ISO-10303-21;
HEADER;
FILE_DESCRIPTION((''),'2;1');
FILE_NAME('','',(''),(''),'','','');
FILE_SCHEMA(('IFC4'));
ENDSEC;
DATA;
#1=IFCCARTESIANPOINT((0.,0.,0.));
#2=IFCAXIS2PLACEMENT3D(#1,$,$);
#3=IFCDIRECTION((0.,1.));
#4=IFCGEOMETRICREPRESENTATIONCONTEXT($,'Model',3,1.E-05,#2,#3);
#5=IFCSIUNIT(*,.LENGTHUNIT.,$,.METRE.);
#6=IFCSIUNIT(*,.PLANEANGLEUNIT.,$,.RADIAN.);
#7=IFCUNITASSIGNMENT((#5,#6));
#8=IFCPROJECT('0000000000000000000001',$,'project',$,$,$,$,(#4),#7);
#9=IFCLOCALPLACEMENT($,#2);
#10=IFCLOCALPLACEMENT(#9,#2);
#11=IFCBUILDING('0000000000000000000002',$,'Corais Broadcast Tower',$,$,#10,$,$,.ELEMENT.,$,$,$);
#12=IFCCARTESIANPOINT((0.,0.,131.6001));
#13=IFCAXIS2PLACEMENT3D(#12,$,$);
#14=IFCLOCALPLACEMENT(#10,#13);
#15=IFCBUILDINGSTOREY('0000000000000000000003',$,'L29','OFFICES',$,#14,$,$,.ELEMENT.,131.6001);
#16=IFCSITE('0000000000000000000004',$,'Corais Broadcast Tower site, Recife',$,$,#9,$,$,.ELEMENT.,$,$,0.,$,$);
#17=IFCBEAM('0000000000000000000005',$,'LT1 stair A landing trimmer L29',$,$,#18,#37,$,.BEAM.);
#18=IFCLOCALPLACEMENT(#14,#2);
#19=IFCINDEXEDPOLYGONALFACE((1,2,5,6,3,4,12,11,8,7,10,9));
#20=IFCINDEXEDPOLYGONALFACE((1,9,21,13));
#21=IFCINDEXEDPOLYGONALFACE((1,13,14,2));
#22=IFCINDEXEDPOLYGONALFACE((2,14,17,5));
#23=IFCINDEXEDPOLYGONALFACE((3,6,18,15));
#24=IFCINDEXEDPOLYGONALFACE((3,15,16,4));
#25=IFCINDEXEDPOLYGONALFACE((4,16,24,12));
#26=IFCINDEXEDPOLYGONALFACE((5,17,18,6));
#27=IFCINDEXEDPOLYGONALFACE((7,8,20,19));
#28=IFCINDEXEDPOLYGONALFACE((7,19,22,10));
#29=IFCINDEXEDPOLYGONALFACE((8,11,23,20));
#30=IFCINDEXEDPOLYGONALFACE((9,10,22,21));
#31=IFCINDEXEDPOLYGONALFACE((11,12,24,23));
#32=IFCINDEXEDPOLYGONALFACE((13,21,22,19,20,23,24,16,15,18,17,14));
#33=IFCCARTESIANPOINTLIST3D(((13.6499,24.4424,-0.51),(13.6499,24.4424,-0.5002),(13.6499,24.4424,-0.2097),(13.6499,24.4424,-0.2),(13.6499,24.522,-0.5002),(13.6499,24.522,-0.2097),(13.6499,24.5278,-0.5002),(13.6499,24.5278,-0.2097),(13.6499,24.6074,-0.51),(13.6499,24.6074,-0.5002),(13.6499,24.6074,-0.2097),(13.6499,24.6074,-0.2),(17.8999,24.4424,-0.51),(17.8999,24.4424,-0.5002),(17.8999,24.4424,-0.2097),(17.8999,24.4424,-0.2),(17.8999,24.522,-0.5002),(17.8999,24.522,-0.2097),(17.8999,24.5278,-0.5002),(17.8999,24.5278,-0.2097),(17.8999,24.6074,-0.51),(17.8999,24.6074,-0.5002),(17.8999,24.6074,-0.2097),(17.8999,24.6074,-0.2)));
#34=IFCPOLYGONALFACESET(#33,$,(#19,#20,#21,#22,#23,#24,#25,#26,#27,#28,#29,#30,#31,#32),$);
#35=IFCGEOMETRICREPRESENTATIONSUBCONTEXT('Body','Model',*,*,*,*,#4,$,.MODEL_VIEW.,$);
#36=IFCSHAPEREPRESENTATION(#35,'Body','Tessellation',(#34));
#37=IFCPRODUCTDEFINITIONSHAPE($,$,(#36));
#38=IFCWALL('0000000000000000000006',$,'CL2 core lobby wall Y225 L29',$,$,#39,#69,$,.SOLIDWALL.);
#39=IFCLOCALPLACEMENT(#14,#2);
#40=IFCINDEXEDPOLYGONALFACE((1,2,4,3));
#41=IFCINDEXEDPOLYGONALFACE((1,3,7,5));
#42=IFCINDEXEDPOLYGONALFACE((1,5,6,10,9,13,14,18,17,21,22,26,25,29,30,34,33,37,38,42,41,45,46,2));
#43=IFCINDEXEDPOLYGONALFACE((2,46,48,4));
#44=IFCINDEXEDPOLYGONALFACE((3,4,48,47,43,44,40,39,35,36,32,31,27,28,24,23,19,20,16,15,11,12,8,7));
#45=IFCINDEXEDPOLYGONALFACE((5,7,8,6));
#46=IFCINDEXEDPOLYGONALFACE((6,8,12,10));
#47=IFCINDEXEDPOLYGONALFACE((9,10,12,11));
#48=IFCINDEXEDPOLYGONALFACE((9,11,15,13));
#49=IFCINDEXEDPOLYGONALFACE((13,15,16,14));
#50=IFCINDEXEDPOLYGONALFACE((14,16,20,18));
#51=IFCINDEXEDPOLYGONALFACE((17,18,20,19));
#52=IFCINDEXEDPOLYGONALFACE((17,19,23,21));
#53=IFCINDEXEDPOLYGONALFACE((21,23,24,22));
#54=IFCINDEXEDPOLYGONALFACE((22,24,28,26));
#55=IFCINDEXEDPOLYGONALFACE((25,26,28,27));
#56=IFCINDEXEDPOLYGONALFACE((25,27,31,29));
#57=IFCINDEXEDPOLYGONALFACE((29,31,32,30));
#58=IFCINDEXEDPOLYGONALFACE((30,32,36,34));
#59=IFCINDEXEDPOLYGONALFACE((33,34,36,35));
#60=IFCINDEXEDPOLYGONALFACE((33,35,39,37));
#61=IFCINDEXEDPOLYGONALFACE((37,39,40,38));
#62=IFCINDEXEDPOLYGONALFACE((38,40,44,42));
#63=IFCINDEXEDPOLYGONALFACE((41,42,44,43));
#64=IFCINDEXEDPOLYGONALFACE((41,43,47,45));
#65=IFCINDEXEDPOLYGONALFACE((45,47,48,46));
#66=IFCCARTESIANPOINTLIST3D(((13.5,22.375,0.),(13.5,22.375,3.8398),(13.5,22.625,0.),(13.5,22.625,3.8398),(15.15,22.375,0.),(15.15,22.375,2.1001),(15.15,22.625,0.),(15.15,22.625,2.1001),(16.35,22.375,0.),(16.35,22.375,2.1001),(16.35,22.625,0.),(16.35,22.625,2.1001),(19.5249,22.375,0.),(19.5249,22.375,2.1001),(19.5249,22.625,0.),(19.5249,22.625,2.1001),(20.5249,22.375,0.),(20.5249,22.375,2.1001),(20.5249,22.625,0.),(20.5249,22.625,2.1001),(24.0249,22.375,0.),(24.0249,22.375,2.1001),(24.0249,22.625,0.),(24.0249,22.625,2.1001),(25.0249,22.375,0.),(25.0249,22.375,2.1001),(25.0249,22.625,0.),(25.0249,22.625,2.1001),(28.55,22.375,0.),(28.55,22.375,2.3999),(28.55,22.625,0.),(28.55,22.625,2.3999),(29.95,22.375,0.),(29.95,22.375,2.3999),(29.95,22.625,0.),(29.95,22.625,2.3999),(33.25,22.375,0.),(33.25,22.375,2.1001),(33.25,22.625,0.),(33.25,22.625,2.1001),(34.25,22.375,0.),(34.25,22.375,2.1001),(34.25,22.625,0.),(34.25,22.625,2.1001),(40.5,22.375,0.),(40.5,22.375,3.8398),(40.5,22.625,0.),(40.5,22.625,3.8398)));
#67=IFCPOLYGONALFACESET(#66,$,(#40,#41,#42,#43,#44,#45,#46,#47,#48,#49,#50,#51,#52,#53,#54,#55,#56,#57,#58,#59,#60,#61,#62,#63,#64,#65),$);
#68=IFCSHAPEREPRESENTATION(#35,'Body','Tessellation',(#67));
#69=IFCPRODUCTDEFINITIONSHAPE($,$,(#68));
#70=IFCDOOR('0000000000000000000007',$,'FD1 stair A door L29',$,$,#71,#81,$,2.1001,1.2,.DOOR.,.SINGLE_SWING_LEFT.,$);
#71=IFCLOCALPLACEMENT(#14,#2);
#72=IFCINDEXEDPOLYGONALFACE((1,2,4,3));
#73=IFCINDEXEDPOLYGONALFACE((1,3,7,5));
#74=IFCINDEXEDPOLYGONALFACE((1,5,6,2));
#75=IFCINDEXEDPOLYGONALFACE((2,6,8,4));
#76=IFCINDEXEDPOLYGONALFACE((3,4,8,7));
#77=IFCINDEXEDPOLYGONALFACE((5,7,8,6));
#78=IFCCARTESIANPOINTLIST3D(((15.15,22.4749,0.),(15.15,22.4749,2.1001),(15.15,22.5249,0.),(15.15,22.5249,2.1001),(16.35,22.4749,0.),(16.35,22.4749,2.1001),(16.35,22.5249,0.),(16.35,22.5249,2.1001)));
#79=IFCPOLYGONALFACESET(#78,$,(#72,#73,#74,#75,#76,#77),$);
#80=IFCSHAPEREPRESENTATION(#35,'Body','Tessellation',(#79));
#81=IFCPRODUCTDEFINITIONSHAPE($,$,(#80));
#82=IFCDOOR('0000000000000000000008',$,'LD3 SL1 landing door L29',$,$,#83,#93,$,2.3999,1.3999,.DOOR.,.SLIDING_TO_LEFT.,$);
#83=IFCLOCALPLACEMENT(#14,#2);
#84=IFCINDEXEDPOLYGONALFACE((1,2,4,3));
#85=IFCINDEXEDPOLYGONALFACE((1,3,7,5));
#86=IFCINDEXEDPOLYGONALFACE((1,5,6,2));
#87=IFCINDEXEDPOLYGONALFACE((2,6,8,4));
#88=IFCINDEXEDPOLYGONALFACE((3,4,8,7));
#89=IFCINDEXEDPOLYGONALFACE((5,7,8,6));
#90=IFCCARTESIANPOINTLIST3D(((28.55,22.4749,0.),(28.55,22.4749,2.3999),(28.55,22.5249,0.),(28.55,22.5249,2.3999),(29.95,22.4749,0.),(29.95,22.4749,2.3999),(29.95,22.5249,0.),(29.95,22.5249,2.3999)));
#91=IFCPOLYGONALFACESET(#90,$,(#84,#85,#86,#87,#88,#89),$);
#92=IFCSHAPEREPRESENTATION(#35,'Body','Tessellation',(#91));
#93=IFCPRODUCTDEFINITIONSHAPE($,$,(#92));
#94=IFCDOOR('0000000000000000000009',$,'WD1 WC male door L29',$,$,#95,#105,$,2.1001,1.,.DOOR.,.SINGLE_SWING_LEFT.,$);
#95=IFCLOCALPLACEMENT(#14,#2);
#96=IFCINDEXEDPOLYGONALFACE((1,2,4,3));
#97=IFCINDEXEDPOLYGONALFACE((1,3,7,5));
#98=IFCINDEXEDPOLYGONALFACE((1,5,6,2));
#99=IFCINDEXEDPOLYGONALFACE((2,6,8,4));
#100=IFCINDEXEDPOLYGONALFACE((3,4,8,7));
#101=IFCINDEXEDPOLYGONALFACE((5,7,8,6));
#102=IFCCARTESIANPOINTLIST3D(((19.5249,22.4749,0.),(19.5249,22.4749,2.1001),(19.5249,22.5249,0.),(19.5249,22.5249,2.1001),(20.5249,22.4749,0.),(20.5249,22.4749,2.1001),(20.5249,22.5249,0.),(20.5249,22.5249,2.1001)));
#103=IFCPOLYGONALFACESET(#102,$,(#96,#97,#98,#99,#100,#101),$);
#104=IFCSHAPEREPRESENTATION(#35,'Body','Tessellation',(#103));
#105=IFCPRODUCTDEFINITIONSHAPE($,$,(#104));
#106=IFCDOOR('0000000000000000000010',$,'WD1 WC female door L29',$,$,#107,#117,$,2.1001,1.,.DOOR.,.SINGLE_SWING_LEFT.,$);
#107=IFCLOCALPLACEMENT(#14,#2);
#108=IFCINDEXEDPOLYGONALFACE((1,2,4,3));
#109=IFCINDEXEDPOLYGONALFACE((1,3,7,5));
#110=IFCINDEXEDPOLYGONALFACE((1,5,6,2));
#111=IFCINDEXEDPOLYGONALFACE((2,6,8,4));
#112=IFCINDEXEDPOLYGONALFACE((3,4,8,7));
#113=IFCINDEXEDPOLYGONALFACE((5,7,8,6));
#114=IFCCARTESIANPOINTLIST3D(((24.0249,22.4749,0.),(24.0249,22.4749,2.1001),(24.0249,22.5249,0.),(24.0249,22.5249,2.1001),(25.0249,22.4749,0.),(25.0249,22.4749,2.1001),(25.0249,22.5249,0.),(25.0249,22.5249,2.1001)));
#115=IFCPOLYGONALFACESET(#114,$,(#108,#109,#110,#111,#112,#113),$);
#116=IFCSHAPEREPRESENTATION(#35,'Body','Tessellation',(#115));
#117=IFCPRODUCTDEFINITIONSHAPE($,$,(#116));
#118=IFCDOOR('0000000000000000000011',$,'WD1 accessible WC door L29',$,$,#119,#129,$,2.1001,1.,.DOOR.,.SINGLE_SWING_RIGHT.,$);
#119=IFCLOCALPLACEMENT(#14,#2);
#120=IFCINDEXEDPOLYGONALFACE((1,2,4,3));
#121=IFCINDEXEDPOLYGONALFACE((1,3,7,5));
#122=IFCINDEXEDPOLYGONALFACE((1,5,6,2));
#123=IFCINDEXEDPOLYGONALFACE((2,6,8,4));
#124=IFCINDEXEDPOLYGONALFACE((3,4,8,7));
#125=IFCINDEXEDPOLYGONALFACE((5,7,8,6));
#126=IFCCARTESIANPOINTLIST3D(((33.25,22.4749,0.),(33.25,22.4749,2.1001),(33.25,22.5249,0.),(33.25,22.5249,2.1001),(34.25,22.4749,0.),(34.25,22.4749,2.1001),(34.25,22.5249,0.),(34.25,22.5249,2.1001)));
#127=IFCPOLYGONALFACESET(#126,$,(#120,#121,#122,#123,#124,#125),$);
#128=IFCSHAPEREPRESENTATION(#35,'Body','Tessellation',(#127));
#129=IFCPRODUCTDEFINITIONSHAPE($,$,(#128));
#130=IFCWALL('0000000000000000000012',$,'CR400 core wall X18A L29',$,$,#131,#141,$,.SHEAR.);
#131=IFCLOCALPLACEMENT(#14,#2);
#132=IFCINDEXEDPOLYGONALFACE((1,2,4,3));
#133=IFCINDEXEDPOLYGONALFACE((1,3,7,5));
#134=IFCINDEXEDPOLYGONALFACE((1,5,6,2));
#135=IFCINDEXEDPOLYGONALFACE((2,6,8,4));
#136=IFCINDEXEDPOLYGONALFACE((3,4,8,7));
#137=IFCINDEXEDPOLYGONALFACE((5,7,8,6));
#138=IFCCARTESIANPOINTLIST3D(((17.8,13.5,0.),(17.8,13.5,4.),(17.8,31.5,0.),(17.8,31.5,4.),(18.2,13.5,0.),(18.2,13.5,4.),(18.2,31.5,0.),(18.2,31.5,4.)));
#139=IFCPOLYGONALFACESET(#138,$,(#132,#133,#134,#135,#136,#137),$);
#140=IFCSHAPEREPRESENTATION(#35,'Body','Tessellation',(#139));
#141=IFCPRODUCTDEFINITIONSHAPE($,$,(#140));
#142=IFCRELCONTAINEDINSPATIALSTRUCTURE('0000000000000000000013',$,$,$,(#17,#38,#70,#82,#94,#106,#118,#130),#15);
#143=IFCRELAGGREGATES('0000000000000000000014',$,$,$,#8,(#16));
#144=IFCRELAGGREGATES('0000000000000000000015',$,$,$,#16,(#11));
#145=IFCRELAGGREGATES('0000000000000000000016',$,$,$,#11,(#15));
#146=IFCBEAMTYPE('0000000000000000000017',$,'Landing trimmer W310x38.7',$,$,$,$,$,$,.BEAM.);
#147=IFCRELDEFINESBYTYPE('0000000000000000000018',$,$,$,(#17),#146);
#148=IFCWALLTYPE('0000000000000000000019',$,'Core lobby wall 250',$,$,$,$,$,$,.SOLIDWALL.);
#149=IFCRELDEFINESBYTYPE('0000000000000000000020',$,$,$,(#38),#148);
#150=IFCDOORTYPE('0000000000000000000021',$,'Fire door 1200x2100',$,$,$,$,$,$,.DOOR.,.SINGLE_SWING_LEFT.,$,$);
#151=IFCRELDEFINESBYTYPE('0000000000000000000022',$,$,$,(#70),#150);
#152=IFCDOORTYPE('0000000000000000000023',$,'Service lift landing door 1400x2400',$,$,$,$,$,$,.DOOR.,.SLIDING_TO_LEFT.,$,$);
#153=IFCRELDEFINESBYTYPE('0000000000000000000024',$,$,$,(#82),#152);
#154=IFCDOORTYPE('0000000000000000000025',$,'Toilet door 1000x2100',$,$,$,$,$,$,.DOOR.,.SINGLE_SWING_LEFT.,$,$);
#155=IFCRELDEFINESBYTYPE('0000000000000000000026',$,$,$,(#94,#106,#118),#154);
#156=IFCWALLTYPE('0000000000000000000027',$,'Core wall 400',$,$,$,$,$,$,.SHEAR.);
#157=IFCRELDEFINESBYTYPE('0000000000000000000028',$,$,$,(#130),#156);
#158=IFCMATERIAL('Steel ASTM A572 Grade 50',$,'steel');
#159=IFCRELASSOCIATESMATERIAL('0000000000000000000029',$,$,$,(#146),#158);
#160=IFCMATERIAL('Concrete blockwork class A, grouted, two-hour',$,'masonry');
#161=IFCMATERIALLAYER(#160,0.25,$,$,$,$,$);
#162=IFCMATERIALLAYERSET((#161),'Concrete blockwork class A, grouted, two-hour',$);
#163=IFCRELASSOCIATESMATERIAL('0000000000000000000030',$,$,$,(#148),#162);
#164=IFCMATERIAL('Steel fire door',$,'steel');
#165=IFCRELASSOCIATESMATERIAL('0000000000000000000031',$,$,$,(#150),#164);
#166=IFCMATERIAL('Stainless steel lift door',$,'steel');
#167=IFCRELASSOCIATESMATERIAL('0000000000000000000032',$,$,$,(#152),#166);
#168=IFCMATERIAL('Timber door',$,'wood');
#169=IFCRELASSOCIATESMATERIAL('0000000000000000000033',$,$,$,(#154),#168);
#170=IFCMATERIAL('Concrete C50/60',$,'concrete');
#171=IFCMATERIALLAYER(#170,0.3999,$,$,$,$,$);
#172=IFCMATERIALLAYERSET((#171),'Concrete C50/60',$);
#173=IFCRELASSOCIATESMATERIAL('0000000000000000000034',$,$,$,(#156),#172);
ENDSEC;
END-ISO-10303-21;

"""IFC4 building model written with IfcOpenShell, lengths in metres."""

from ifc_helpers import new_model, si_unit, direction, frame, frame_2d, origin, origin_2d, place, context, subcontext, project, spatial, rectangle, i_section, extrude, material, layer, layer_set, material_profile, profile_set, type_object, element, fill, save


model = new_model("IFC4")

# Units and contexts
model_context = context("Model", 3, precision=1e-05, world=origin(), true_north=direction((0.0, 1.0)))
body_context = subcontext(model_context, "Body", "Model", "MODEL_VIEW")
ifc_project = project(units=[si_unit("LENGTHUNIT", "METRE"), si_unit("PLANEANGLEUNIT", "RADIAN")], contexts=[model_context])

# Site, building, storey
site_placement = place(None, origin())
site = spatial("IfcSite", under=ifc_project, at=site_placement, Name="Corais Broadcast Tower site, Recife", CompositionType="ELEMENT", RefElevation=0.0)
building_placement = place(site_placement, origin())
building = spatial("IfcBuilding", under=site, at=building_placement, Name="Corais Broadcast Tower", CompositionType="ELEMENT")
storey_placement = place(building_placement, frame((0.0, 0.0, 131.6001)))
storey = spatial("IfcBuildingStorey", under=building, at=storey_placement, Name="L29", Description="OFFICES", CompositionType="ELEMENT", Elevation=131.6001)

# Beam
ifc_material_1 = material(Name="Steel ASTM A572 Grade 50", Category="steel")
ifc_material_profile = material_profile(ifc_material_1, i_section(OverallWidth=0.165, OverallDepth=0.3101, WebThickness=0.0059, FlangeThickness=0.0098, at=origin_2d()), Name="W310x38.7")
ifc_profile_set = profile_set([ifc_material_profile], Name="Steel ASTM A572 Grade 50")
beam_type = type_object("IfcBeamType", Name="Landing trimmer W310x38.7", PredefinedType="BEAM", material=ifc_profile_set)
beam_placement = place(storey_placement, frame((13.6499, 24.5249, -0.355), z_axis=(1.0, 0.0, 0.0), x_axis=(0.0, 1.0, 0.0)))
element("IfcBeam", 1, at=beam_placement, inside=storey, type_object=beam_type, Name="LT1 stair A landing trimmer L29", PredefinedType="BEAM", context=body_context, shape_type="SweptSolid", body=[
    extrude(i_section(OverallWidth=0.165, OverallDepth=0.3101, WebThickness=0.0059, FlangeThickness=0.0098, at=origin_2d()), origin(), (0.0, 0.0, 1.0), 4.25),
])

# Wall, openings, doors
ifc_material_2 = material(Name="Concrete blockwork class A, grouted, two-hour", Category="masonry")
ifc_layer_1 = layer(ifc_material_2, 0.25)
ifc_layer_set_1 = layer_set([ifc_layer_1], Name="Concrete blockwork class A, grouted, two-hour")
wall_type_1 = type_object("IfcWallType", Name="Core lobby wall 250", PredefinedType="SOLIDWALL", material=ifc_layer_set_1)
wall_1_placement = place(storey_placement, frame((13.5, 22.5, 0.0), z_axis=(0.0, 0.0, 1.0), x_axis=(1.0, 0.0, 0.0)))
wall_1 = element("IfcWall", 2, at=wall_1_placement, inside=storey, type_object=wall_type_1, Name="CL2 core lobby wall Y225 L29", PredefinedType="SOLIDWALL", context=body_context, shape_type="SweptSolid", body=[
    extrude(rectangle(XDim=27.0, YDim=0.25, at=frame_2d((13.5, 0.0))), origin(), (0.0, 0.0, 1.0), 3.8398),
])
opening_1_placement = place(wall_1_placement, frame((1.6499, 0.0, 0.0)))
opening_1 = element("IfcOpeningElement", 3, at=opening_1_placement, cuts=wall_1, PredefinedType="OPENING", context=body_context, shape_type="SweptSolid", body=[
    extrude(rectangle(XDim=1.2, YDim=2.1001, at=frame_2d((0.6001, 1.05))), frame((0.0, 0.135, 0.0), z_axis=(0.0, -1.0, 0.0), x_axis=(1.0, 0.0, 0.0)), (0.0, 0.0, 1.0), 0.27),
])
opening_2_placement = place(wall_1_placement, frame((6.0249, 0.0, 0.0)))
opening_2 = element("IfcOpeningElement", 4, at=opening_2_placement, cuts=wall_1, PredefinedType="OPENING", context=body_context, shape_type="SweptSolid", body=[
    extrude(rectangle(XDim=1.0, YDim=2.1001, at=frame_2d((0.5, 1.05))), frame((0.0, 0.135, 0.0), z_axis=(0.0, -1.0, 0.0), x_axis=(1.0, 0.0, 0.0)), (0.0, 0.0, 1.0), 0.27),
])
opening_3_placement = place(wall_1_placement, frame((10.5249, 0.0, 0.0)))
opening_3 = element("IfcOpeningElement", 5, at=opening_3_placement, cuts=wall_1, PredefinedType="OPENING", context=body_context, shape_type="SweptSolid", body=[
    extrude(rectangle(XDim=1.0, YDim=2.1001, at=frame_2d((0.5, 1.05))), frame((0.0, 0.135, 0.0), z_axis=(0.0, -1.0, 0.0), x_axis=(1.0, 0.0, 0.0)), (0.0, 0.0, 1.0), 0.27),
])
opening_4_placement = place(wall_1_placement, frame((19.75, 0.0, 0.0)))
opening_4 = element("IfcOpeningElement", 6, at=opening_4_placement, cuts=wall_1, PredefinedType="OPENING", context=body_context, shape_type="SweptSolid", body=[
    extrude(rectangle(XDim=1.0, YDim=2.1001, at=frame_2d((0.5, 1.05))), frame((0.0, 0.135, 0.0), z_axis=(0.0, -1.0, 0.0), x_axis=(1.0, 0.0, 0.0)), (0.0, 0.0, 1.0), 0.27),
])
opening_5_placement = place(wall_1_placement, frame((15.05, 0.0, 0.0)))
opening_5 = element("IfcOpeningElement", 7, at=opening_5_placement, cuts=wall_1, PredefinedType="OPENING", context=body_context, shape_type="SweptSolid", body=[
    extrude(rectangle(XDim=1.3999, YDim=2.3999, at=frame_2d((0.7, 1.2))), frame((0.0, 0.135, 0.0), z_axis=(0.0, -1.0, 0.0), x_axis=(1.0, 0.0, 0.0)), (0.0, 0.0, 1.0), 0.27),
])
ifc_material_3 = material(Name="Steel fire door", Category="steel")
door_type_1 = type_object("IfcDoorType", Name="Fire door 1200x2100", OperationType="SINGLE_SWING_LEFT", PredefinedType="DOOR", material=ifc_material_3)
door_1_placement = place(opening_1_placement, origin())
door_1 = element("IfcDoor", 8, at=door_1_placement, inside=storey, type_object=door_type_1, Name="FD1 stair A door L29", OperationType="SINGLE_SWING_LEFT", OverallHeight=2.1001, OverallWidth=1.2, PredefinedType="DOOR", context=body_context, shape_type="SweptSolid", body=[
    extrude(rectangle(XDim=1.2, YDim=2.1001, at=frame_2d((0.6001, 1.05))), frame((0.0, 0.0249, 0.0), z_axis=(0.0, -1.0, 0.0), x_axis=(1.0, 0.0, 0.0)), (0.0, 0.0, 1.0), 0.05),
])
fill(opening_1, door_1)
ifc_material_4 = material(Name="Stainless steel lift door", Category="steel")
door_type_2 = type_object("IfcDoorType", Name="Service lift landing door 1400x2400", OperationType="SLIDING_TO_LEFT", PredefinedType="DOOR", material=ifc_material_4)
door_2_placement = place(opening_5_placement, origin())
door_2 = element("IfcDoor", 9, at=door_2_placement, inside=storey, type_object=door_type_2, Name="LD3 SL1 landing door L29", OperationType="SLIDING_TO_LEFT", OverallHeight=2.3999, OverallWidth=1.3999, PredefinedType="DOOR", context=body_context, shape_type="SweptSolid", body=[
    extrude(rectangle(XDim=1.3999, YDim=2.3999, at=frame_2d((0.7, 1.2))), frame((0.0, 0.0249, 0.0), z_axis=(0.0, -1.0, 0.0), x_axis=(1.0, 0.0, 0.0)), (0.0, 0.0, 1.0), 0.05),
])
fill(opening_5, door_2)
ifc_material_5 = material(Name="Timber door", Category="wood")
door_type_3 = type_object("IfcDoorType", Name="Toilet door 1000x2100", OperationType="SINGLE_SWING_LEFT", PredefinedType="DOOR", material=ifc_material_5)
door_3_placement = place(opening_2_placement, origin())
door_3 = element("IfcDoor", 10, at=door_3_placement, inside=storey, type_object=door_type_3, Name="WD1 WC male door L29", OperationType="SINGLE_SWING_LEFT", OverallHeight=2.1001, OverallWidth=1.0, PredefinedType="DOOR", context=body_context, shape_type="SweptSolid", body=[
    extrude(rectangle(XDim=1.0, YDim=2.1001, at=frame_2d((0.5, 1.05))), frame((0.0, 0.0249, 0.0), z_axis=(0.0, -1.0, 0.0), x_axis=(1.0, 0.0, 0.0)), (0.0, 0.0, 1.0), 0.05),
])
fill(opening_2, door_3)
door_4_placement = place(opening_3_placement, origin())
door_4 = element("IfcDoor", 11, at=door_4_placement, inside=storey, type_object=door_type_3, Name="WD1 WC female door L29", OperationType="SINGLE_SWING_LEFT", OverallHeight=2.1001, OverallWidth=1.0, PredefinedType="DOOR", context=body_context, shape_type="SweptSolid", body=[
    extrude(rectangle(XDim=1.0, YDim=2.1001, at=frame_2d((0.5, 1.05))), frame((0.0, 0.0249, 0.0), z_axis=(0.0, -1.0, 0.0), x_axis=(1.0, 0.0, 0.0)), (0.0, 0.0, 1.0), 0.05),
])
fill(opening_3, door_4)
door_5_placement = place(opening_4_placement, origin())
door_5 = element("IfcDoor", 12, at=door_5_placement, inside=storey, type_object=door_type_3, Name="WD1 accessible WC door L29", OperationType="SINGLE_SWING_RIGHT", OverallHeight=2.1001, OverallWidth=1.0, PredefinedType="DOOR", context=body_context, shape_type="SweptSolid", body=[
    extrude(rectangle(XDim=1.0, YDim=2.1001, at=frame_2d((0.5, 1.05))), frame((0.0, 0.0249, 0.0), z_axis=(0.0, -1.0, 0.0), x_axis=(1.0, 0.0, 0.0)), (0.0, 0.0, 1.0), 0.05),
])
fill(opening_4, door_5)

# Wall
ifc_material_6 = material(Name="Concrete C50/60", Category="concrete")
ifc_layer_2 = layer(ifc_material_6, 0.3999)
ifc_layer_set_2 = layer_set([ifc_layer_2], Name="Concrete C50/60")
wall_type_2 = type_object("IfcWallType", Name="Core wall 400", PredefinedType="SHEAR", material=ifc_layer_set_2)
wall_2_placement = place(storey_placement, frame((18.0, 13.5, 0.0), z_axis=(0.0, 0.0, 1.0), x_axis=(0.0, 1.0, 0.0)))
element("IfcWall", 13, at=wall_2_placement, inside=storey, type_object=wall_type_2, Name="CR400 core wall X18A L29", PredefinedType="SHEAR", context=body_context, shape_type="SweptSolid", body=[
    extrude(rectangle(XDim=18.0, YDim=0.3999, at=frame_2d((9.0, 0.0))), origin(), (0.0, 0.0, 1.0), 4.0),
])

save(model, "model.ifc")
